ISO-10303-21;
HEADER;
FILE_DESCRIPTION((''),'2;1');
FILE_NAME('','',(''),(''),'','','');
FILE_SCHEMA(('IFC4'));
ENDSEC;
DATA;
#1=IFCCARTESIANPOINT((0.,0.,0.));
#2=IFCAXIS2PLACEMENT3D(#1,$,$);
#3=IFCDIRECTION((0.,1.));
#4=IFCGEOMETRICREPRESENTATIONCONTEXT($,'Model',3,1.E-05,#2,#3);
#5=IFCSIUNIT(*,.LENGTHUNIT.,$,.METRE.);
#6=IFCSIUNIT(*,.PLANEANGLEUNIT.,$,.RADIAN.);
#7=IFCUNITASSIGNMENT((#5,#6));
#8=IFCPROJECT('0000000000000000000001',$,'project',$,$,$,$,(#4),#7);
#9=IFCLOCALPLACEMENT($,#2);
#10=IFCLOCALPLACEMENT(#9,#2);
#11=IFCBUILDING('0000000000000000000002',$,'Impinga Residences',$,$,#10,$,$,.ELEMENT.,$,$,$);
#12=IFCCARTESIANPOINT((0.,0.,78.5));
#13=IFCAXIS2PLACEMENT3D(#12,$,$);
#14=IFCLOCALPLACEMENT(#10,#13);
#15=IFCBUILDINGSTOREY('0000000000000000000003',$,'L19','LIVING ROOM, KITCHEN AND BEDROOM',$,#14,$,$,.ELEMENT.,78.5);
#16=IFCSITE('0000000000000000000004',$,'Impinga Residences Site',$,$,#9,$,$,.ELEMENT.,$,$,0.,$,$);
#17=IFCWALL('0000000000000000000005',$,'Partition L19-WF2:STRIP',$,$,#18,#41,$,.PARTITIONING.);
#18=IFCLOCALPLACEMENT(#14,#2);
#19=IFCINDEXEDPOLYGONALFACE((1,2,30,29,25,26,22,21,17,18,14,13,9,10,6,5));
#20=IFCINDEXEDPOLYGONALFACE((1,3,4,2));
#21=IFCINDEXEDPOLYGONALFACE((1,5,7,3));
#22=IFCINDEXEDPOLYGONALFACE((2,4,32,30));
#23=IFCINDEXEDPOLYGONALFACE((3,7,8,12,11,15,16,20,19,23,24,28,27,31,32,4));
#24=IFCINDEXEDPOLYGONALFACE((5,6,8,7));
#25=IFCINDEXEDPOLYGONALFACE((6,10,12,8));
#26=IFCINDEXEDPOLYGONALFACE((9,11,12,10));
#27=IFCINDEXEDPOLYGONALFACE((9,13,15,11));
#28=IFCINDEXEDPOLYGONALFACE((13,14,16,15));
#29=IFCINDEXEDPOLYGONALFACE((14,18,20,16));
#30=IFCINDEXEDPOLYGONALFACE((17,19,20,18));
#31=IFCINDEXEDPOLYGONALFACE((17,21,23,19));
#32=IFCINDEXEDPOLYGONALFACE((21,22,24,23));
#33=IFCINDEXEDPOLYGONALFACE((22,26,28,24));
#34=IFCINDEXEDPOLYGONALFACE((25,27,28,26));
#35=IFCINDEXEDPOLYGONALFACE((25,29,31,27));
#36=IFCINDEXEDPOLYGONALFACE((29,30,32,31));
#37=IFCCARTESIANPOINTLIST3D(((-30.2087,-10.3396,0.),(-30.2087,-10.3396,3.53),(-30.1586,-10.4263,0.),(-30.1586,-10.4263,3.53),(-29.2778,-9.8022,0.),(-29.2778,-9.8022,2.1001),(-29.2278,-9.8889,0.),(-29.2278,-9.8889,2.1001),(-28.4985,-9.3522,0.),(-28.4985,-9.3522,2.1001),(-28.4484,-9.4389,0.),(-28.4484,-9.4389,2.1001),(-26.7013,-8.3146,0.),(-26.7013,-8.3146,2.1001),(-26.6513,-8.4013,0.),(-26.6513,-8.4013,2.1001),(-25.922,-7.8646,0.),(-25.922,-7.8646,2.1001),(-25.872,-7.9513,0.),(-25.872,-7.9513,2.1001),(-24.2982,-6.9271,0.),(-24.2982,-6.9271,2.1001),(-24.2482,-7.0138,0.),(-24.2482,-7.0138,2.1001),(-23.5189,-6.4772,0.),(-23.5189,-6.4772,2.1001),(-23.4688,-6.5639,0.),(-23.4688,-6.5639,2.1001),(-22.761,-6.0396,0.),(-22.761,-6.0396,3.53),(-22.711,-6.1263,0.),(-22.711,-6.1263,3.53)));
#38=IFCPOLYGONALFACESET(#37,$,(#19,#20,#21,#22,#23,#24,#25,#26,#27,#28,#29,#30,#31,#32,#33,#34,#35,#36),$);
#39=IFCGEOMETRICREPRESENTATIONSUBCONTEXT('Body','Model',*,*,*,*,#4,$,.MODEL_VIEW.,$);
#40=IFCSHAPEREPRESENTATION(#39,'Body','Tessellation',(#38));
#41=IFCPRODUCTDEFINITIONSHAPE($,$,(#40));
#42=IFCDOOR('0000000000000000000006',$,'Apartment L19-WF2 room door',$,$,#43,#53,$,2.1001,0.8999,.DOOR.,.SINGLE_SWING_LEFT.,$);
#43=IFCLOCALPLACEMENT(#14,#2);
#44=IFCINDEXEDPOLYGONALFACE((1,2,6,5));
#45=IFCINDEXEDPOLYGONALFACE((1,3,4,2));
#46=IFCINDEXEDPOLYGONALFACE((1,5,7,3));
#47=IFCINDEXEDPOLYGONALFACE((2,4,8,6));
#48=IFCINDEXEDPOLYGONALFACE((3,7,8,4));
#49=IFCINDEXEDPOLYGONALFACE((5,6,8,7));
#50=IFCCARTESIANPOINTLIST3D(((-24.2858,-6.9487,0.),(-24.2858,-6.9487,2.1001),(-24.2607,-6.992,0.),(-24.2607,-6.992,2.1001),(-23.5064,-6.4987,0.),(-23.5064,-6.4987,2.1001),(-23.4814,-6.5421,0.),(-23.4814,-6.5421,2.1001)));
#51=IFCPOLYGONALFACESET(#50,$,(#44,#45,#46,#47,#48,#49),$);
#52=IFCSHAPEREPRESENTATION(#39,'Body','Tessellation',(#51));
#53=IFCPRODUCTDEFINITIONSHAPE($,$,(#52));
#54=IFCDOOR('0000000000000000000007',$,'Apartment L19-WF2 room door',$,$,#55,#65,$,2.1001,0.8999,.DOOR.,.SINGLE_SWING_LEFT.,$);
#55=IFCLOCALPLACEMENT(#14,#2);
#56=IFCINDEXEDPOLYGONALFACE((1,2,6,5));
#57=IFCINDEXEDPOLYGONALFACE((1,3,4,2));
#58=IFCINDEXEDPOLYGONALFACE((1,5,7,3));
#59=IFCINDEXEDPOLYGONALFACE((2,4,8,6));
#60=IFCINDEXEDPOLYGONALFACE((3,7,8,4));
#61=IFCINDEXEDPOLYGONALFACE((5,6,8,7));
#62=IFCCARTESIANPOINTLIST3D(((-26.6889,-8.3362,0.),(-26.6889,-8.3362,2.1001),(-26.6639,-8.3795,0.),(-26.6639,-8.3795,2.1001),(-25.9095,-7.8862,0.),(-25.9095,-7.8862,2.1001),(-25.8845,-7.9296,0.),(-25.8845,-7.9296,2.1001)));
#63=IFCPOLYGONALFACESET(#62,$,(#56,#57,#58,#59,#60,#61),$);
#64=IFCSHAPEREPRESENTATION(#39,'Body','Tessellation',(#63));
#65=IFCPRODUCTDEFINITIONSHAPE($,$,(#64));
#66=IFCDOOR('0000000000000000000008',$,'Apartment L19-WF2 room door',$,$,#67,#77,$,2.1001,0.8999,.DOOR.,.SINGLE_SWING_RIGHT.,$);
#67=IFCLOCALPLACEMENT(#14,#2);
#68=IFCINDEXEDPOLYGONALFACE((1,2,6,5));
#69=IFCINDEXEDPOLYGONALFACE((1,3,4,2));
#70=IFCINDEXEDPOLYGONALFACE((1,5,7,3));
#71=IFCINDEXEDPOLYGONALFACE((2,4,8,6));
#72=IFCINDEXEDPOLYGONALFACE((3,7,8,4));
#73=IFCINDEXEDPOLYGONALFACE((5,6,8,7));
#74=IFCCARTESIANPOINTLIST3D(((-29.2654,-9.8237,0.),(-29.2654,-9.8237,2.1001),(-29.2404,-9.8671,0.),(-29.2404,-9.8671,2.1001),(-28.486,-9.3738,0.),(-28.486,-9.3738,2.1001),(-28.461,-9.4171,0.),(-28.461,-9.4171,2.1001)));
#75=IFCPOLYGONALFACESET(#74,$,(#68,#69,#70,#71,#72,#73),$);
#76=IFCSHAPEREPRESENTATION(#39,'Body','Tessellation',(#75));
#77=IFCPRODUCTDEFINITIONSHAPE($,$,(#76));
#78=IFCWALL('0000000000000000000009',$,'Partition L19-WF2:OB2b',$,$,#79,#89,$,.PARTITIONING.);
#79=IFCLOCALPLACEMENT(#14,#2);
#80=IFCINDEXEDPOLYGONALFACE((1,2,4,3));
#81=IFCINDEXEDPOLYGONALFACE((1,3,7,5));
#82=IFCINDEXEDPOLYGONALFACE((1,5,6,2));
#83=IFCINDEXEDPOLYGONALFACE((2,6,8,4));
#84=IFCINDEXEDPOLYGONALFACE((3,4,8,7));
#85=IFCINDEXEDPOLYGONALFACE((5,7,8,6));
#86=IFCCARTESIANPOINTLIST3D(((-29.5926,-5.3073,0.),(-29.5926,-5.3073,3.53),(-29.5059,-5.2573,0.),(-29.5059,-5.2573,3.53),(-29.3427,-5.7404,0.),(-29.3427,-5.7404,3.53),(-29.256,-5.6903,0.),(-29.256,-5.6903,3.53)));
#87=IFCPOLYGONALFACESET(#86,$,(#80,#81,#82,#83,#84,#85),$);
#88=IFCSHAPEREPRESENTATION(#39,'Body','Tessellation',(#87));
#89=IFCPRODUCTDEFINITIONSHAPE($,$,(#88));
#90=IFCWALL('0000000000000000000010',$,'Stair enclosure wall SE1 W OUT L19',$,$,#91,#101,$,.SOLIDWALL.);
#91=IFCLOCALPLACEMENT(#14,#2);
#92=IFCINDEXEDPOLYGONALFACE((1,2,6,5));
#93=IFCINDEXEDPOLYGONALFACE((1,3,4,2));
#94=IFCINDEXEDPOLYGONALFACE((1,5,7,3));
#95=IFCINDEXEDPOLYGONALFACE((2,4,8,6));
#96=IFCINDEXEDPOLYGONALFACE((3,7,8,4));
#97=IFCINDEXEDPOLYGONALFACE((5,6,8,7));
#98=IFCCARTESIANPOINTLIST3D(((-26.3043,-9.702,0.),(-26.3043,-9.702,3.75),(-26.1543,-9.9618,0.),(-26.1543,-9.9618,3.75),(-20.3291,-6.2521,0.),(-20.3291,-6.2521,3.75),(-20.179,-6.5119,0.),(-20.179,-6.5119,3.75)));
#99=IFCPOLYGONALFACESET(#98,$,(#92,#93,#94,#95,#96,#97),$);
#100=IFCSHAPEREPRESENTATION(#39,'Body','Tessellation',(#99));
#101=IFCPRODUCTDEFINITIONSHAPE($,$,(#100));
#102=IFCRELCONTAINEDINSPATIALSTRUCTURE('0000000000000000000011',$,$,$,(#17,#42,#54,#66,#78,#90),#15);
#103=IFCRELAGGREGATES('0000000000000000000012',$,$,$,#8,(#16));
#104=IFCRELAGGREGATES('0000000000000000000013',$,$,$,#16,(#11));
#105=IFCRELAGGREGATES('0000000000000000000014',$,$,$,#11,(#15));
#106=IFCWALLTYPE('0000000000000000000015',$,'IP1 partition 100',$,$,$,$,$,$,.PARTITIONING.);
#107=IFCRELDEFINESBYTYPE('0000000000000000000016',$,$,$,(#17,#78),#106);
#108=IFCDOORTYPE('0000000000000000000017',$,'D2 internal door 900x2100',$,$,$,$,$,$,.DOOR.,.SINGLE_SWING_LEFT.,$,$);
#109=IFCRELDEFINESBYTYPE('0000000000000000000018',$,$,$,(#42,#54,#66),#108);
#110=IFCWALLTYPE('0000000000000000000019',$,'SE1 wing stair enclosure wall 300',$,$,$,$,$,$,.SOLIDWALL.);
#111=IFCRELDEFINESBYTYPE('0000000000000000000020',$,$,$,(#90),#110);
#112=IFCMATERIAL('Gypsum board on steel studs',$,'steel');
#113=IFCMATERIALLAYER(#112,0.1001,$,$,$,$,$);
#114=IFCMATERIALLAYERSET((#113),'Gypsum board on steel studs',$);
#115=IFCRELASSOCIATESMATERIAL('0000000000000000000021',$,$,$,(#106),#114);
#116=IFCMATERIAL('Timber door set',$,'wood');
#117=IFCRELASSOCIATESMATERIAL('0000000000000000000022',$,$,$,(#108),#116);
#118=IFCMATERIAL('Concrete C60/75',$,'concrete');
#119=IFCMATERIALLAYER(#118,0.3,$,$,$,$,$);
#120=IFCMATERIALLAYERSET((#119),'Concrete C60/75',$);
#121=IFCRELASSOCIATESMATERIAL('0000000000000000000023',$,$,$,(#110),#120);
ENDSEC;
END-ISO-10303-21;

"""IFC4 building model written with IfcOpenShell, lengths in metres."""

from ifc_helpers import new_model, si_unit, direction, frame, frame_2d, origin, place, context, subcontext, project, spatial, rectangle, extrude, material, layer, layer_set, type_object, element, fill, save


model = new_model("IFC4")

# Units and contexts
model_context = context("Model", 3, precision=1e-05, world=origin(), true_north=direction((0.0, 1.0)))
body_context = subcontext(model_context, "Body", "Model", "MODEL_VIEW")
ifc_project = project(units=[si_unit("LENGTHUNIT", "METRE"), si_unit("PLANEANGLEUNIT", "RADIAN")], contexts=[model_context])

# Site, building, storey
site_placement = place(None, origin())
site = spatial("IfcSite", under=ifc_project, at=site_placement, Name="Impinga Residences Site", CompositionType="ELEMENT", RefElevation=0.0)
building_placement = place(site_placement, origin())
building = spatial("IfcBuilding", under=site, at=building_placement, Name="Impinga Residences", CompositionType="ELEMENT")
storey_placement = place(building_placement, frame((0.0, 0.0, 78.5)))
storey = spatial("IfcBuildingStorey", under=building, at=storey_placement, Name="L19", Description="LIVING ROOM, KITCHEN AND BEDROOM", CompositionType="ELEMENT", Elevation=78.5)

# Shared definitions
ifc_material_1 = material(Name="Concrete C60/75", Category="concrete")

# Shared definitions
ifc_material_2 = material(Name="Gypsum board on steel studs", Category="steel")
ifc_layer_1 = layer(ifc_material_2, 0.1001)
ifc_layer_set_1 = layer_set([ifc_layer_1], Name="Gypsum board on steel studs")
wall_type_1 = type_object("IfcWallType", Name="IP1 partition 100", PredefinedType="PARTITIONING", material=ifc_layer_set_1)

# Wall, openings, doors
wall_1_placement = place(storey_placement, frame((-22.7361, -6.083, 0.0), z_axis=(0.0, 0.0, 1.0), x_axis=(-0.866021, -0.500008, 0.0)))
wall_1 = element("IfcWall", 1, at=wall_1_placement, inside=storey, type_object=wall_type_1, Name="Partition L19-WF2:STRIP", PredefinedType="PARTITIONING", context=body_context, shape_type="SweptSolid", body=[
    extrude(rectangle(XDim=8.5999, YDim=0.1001, at=frame_2d((4.2998, 0.0))), origin(), (0.0, 0.0, 1.0), 3.53),
])
opening_1_placement = place(wall_1_placement, frame((0.875, 0.0, 0.0)))
opening_1 = element("IfcOpeningElement", 2, at=opening_1_placement, cuts=wall_1, PredefinedType="OPENING", context=body_context, shape_type="SweptSolid", body=[
    extrude(rectangle(XDim=0.8999, YDim=2.1001, at=frame_2d((0.45, 1.05))), frame((0.0, 0.0601, 0.0), z_axis=(0.0, -1.0, 0.0), x_axis=(1.0, 0.0, 0.0)), (0.0, 0.0, 1.0), 0.1201),
])
opening_2_placement = place(wall_1_placement, frame((3.6499, 0.0, 0.0)))
opening_2 = element("IfcOpeningElement", 3, at=opening_2_placement, cuts=wall_1, PredefinedType="OPENING", context=body_context, shape_type="SweptSolid", body=[
    extrude(rectangle(XDim=0.8999, YDim=2.1001, at=frame_2d((0.45, 1.05))), frame((0.0, 0.0601, 0.0), z_axis=(0.0, -1.0, 0.0), x_axis=(1.0, 0.0, 0.0)), (0.0, 0.0, 1.0), 0.1201),
])
opening_3_placement = place(wall_1_placement, frame((6.625, 0.0, 0.0)))
opening_3 = element("IfcOpeningElement", 4, at=opening_3_placement, cuts=wall_1, PredefinedType="OPENING", context=body_context, shape_type="SweptSolid", body=[
    extrude(rectangle(XDim=0.8999, YDim=2.1001, at=frame_2d((0.45, 1.05))), frame((0.0, 0.0601, 0.0), z_axis=(0.0, -1.0, 0.0), x_axis=(1.0, 0.0, 0.0)), (0.0, 0.0, 1.0), 0.1201),
])
ifc_material_3 = material(Name="Timber door set", Category="wood")
door_type = type_object("IfcDoorType", Name="D2 internal door 900x2100", OperationType="SINGLE_SWING_LEFT", PredefinedType="DOOR", material=ifc_material_3)
door_1_placement = place(opening_1_placement, origin())
door_1 = element("IfcDoor", 5, at=door_1_placement, inside=storey, type_object=door_type, Name="Apartment L19-WF2 room door", OperationType="SINGLE_SWING_LEFT", OverallHeight=2.1001, OverallWidth=0.8999, PredefinedType="DOOR", context=body_context, shape_type="SweptSolid", body=[
    extrude(rectangle(XDim=0.8999, YDim=2.1001, at=frame_2d((0.45, 1.05))), frame((0.0, 0.0249, 0.0), z_axis=(0.0, -1.0, 0.0), x_axis=(1.0, 0.0, 0.0)), (0.0, 0.0, 1.0), 0.05),
])
fill(opening_1, door_1)
door_2_placement = place(opening_2_placement, origin())
door_2 = element("IfcDoor", 6, at=door_2_placement, inside=storey, type_object=door_type, Name="Apartment L19-WF2 room door", OperationType="SINGLE_SWING_LEFT", OverallHeight=2.1001, OverallWidth=0.8999, PredefinedType="DOOR", context=body_context, shape_type="SweptSolid", body=[
    extrude(rectangle(XDim=0.8999, YDim=2.1001, at=frame_2d((0.45, 1.05))), frame((0.0, 0.0249, 0.0), z_axis=(0.0, -1.0, 0.0), x_axis=(1.0, 0.0, 0.0)), (0.0, 0.0, 1.0), 0.05),
])
fill(opening_2, door_2)
door_3_placement = place(opening_3_placement, origin())
door_3 = element("IfcDoor", 7, at=door_3_placement, inside=storey, type_object=door_type, Name="Apartment L19-WF2 room door", OperationType="SINGLE_SWING_RIGHT", OverallHeight=2.1001, OverallWidth=0.8999, PredefinedType="DOOR", context=body_context, shape_type="SweptSolid", body=[
    extrude(rectangle(XDim=0.8999, YDim=2.1001, at=frame_2d((0.45, 1.05))), frame((0.0, 0.0249, 0.0), z_axis=(0.0, -1.0, 0.0), x_axis=(1.0, 0.0, 0.0)), (0.0, 0.0, 1.0), 0.05),
])
fill(opening_3, door_3)

# Walls
wall_2_placement = place(storey_placement, frame((-29.2993, -5.7153, 0.0), z_axis=(0.0, 0.0, 1.0), x_axis=(-0.49992, 0.866072, 0.0)))
element("IfcWall", 8, at=wall_2_placement, inside=storey, type_object=wall_type_1, Name="Partition L19-WF2:OB2b", PredefinedType="PARTITIONING", context=body_context, shape_type="SweptSolid", body=[
    extrude(rectangle(XDim=0.5, YDim=0.1001, at=frame_2d((0.25, 0.0))), origin(), (0.0, 0.0, 1.0), 3.53),
])
ifc_layer_2 = layer(ifc_material_1, 0.3)
ifc_layer_set_2 = layer_set([ifc_layer_2], Name="Concrete C60/75")
wall_type_2 = type_object("IfcWallType", Name="SE1 wing stair enclosure wall 300", PredefinedType="SOLIDWALL", material=ifc_layer_set_2)
wall_3_placement = place(storey_placement, frame((-20.2542, -6.3821, 0.0), z_axis=(0.0, 0.0, 1.0), x_axis=(-0.86602, -0.500009, 0.0)))
element("IfcWall", 9, at=wall_3_placement, inside=storey, type_object=wall_type_2, Name="Stair enclosure wall SE1 W OUT L19", PredefinedType="SOLIDWALL", context=body_context, shape_type="SweptSolid", body=[
    extrude(rectangle(XDim=6.8997, YDim=0.3, at=frame_2d((3.4497, 0.0))), origin(), (0.0, 0.0, 1.0), 3.75),
])

save(model, "model.ifc")
